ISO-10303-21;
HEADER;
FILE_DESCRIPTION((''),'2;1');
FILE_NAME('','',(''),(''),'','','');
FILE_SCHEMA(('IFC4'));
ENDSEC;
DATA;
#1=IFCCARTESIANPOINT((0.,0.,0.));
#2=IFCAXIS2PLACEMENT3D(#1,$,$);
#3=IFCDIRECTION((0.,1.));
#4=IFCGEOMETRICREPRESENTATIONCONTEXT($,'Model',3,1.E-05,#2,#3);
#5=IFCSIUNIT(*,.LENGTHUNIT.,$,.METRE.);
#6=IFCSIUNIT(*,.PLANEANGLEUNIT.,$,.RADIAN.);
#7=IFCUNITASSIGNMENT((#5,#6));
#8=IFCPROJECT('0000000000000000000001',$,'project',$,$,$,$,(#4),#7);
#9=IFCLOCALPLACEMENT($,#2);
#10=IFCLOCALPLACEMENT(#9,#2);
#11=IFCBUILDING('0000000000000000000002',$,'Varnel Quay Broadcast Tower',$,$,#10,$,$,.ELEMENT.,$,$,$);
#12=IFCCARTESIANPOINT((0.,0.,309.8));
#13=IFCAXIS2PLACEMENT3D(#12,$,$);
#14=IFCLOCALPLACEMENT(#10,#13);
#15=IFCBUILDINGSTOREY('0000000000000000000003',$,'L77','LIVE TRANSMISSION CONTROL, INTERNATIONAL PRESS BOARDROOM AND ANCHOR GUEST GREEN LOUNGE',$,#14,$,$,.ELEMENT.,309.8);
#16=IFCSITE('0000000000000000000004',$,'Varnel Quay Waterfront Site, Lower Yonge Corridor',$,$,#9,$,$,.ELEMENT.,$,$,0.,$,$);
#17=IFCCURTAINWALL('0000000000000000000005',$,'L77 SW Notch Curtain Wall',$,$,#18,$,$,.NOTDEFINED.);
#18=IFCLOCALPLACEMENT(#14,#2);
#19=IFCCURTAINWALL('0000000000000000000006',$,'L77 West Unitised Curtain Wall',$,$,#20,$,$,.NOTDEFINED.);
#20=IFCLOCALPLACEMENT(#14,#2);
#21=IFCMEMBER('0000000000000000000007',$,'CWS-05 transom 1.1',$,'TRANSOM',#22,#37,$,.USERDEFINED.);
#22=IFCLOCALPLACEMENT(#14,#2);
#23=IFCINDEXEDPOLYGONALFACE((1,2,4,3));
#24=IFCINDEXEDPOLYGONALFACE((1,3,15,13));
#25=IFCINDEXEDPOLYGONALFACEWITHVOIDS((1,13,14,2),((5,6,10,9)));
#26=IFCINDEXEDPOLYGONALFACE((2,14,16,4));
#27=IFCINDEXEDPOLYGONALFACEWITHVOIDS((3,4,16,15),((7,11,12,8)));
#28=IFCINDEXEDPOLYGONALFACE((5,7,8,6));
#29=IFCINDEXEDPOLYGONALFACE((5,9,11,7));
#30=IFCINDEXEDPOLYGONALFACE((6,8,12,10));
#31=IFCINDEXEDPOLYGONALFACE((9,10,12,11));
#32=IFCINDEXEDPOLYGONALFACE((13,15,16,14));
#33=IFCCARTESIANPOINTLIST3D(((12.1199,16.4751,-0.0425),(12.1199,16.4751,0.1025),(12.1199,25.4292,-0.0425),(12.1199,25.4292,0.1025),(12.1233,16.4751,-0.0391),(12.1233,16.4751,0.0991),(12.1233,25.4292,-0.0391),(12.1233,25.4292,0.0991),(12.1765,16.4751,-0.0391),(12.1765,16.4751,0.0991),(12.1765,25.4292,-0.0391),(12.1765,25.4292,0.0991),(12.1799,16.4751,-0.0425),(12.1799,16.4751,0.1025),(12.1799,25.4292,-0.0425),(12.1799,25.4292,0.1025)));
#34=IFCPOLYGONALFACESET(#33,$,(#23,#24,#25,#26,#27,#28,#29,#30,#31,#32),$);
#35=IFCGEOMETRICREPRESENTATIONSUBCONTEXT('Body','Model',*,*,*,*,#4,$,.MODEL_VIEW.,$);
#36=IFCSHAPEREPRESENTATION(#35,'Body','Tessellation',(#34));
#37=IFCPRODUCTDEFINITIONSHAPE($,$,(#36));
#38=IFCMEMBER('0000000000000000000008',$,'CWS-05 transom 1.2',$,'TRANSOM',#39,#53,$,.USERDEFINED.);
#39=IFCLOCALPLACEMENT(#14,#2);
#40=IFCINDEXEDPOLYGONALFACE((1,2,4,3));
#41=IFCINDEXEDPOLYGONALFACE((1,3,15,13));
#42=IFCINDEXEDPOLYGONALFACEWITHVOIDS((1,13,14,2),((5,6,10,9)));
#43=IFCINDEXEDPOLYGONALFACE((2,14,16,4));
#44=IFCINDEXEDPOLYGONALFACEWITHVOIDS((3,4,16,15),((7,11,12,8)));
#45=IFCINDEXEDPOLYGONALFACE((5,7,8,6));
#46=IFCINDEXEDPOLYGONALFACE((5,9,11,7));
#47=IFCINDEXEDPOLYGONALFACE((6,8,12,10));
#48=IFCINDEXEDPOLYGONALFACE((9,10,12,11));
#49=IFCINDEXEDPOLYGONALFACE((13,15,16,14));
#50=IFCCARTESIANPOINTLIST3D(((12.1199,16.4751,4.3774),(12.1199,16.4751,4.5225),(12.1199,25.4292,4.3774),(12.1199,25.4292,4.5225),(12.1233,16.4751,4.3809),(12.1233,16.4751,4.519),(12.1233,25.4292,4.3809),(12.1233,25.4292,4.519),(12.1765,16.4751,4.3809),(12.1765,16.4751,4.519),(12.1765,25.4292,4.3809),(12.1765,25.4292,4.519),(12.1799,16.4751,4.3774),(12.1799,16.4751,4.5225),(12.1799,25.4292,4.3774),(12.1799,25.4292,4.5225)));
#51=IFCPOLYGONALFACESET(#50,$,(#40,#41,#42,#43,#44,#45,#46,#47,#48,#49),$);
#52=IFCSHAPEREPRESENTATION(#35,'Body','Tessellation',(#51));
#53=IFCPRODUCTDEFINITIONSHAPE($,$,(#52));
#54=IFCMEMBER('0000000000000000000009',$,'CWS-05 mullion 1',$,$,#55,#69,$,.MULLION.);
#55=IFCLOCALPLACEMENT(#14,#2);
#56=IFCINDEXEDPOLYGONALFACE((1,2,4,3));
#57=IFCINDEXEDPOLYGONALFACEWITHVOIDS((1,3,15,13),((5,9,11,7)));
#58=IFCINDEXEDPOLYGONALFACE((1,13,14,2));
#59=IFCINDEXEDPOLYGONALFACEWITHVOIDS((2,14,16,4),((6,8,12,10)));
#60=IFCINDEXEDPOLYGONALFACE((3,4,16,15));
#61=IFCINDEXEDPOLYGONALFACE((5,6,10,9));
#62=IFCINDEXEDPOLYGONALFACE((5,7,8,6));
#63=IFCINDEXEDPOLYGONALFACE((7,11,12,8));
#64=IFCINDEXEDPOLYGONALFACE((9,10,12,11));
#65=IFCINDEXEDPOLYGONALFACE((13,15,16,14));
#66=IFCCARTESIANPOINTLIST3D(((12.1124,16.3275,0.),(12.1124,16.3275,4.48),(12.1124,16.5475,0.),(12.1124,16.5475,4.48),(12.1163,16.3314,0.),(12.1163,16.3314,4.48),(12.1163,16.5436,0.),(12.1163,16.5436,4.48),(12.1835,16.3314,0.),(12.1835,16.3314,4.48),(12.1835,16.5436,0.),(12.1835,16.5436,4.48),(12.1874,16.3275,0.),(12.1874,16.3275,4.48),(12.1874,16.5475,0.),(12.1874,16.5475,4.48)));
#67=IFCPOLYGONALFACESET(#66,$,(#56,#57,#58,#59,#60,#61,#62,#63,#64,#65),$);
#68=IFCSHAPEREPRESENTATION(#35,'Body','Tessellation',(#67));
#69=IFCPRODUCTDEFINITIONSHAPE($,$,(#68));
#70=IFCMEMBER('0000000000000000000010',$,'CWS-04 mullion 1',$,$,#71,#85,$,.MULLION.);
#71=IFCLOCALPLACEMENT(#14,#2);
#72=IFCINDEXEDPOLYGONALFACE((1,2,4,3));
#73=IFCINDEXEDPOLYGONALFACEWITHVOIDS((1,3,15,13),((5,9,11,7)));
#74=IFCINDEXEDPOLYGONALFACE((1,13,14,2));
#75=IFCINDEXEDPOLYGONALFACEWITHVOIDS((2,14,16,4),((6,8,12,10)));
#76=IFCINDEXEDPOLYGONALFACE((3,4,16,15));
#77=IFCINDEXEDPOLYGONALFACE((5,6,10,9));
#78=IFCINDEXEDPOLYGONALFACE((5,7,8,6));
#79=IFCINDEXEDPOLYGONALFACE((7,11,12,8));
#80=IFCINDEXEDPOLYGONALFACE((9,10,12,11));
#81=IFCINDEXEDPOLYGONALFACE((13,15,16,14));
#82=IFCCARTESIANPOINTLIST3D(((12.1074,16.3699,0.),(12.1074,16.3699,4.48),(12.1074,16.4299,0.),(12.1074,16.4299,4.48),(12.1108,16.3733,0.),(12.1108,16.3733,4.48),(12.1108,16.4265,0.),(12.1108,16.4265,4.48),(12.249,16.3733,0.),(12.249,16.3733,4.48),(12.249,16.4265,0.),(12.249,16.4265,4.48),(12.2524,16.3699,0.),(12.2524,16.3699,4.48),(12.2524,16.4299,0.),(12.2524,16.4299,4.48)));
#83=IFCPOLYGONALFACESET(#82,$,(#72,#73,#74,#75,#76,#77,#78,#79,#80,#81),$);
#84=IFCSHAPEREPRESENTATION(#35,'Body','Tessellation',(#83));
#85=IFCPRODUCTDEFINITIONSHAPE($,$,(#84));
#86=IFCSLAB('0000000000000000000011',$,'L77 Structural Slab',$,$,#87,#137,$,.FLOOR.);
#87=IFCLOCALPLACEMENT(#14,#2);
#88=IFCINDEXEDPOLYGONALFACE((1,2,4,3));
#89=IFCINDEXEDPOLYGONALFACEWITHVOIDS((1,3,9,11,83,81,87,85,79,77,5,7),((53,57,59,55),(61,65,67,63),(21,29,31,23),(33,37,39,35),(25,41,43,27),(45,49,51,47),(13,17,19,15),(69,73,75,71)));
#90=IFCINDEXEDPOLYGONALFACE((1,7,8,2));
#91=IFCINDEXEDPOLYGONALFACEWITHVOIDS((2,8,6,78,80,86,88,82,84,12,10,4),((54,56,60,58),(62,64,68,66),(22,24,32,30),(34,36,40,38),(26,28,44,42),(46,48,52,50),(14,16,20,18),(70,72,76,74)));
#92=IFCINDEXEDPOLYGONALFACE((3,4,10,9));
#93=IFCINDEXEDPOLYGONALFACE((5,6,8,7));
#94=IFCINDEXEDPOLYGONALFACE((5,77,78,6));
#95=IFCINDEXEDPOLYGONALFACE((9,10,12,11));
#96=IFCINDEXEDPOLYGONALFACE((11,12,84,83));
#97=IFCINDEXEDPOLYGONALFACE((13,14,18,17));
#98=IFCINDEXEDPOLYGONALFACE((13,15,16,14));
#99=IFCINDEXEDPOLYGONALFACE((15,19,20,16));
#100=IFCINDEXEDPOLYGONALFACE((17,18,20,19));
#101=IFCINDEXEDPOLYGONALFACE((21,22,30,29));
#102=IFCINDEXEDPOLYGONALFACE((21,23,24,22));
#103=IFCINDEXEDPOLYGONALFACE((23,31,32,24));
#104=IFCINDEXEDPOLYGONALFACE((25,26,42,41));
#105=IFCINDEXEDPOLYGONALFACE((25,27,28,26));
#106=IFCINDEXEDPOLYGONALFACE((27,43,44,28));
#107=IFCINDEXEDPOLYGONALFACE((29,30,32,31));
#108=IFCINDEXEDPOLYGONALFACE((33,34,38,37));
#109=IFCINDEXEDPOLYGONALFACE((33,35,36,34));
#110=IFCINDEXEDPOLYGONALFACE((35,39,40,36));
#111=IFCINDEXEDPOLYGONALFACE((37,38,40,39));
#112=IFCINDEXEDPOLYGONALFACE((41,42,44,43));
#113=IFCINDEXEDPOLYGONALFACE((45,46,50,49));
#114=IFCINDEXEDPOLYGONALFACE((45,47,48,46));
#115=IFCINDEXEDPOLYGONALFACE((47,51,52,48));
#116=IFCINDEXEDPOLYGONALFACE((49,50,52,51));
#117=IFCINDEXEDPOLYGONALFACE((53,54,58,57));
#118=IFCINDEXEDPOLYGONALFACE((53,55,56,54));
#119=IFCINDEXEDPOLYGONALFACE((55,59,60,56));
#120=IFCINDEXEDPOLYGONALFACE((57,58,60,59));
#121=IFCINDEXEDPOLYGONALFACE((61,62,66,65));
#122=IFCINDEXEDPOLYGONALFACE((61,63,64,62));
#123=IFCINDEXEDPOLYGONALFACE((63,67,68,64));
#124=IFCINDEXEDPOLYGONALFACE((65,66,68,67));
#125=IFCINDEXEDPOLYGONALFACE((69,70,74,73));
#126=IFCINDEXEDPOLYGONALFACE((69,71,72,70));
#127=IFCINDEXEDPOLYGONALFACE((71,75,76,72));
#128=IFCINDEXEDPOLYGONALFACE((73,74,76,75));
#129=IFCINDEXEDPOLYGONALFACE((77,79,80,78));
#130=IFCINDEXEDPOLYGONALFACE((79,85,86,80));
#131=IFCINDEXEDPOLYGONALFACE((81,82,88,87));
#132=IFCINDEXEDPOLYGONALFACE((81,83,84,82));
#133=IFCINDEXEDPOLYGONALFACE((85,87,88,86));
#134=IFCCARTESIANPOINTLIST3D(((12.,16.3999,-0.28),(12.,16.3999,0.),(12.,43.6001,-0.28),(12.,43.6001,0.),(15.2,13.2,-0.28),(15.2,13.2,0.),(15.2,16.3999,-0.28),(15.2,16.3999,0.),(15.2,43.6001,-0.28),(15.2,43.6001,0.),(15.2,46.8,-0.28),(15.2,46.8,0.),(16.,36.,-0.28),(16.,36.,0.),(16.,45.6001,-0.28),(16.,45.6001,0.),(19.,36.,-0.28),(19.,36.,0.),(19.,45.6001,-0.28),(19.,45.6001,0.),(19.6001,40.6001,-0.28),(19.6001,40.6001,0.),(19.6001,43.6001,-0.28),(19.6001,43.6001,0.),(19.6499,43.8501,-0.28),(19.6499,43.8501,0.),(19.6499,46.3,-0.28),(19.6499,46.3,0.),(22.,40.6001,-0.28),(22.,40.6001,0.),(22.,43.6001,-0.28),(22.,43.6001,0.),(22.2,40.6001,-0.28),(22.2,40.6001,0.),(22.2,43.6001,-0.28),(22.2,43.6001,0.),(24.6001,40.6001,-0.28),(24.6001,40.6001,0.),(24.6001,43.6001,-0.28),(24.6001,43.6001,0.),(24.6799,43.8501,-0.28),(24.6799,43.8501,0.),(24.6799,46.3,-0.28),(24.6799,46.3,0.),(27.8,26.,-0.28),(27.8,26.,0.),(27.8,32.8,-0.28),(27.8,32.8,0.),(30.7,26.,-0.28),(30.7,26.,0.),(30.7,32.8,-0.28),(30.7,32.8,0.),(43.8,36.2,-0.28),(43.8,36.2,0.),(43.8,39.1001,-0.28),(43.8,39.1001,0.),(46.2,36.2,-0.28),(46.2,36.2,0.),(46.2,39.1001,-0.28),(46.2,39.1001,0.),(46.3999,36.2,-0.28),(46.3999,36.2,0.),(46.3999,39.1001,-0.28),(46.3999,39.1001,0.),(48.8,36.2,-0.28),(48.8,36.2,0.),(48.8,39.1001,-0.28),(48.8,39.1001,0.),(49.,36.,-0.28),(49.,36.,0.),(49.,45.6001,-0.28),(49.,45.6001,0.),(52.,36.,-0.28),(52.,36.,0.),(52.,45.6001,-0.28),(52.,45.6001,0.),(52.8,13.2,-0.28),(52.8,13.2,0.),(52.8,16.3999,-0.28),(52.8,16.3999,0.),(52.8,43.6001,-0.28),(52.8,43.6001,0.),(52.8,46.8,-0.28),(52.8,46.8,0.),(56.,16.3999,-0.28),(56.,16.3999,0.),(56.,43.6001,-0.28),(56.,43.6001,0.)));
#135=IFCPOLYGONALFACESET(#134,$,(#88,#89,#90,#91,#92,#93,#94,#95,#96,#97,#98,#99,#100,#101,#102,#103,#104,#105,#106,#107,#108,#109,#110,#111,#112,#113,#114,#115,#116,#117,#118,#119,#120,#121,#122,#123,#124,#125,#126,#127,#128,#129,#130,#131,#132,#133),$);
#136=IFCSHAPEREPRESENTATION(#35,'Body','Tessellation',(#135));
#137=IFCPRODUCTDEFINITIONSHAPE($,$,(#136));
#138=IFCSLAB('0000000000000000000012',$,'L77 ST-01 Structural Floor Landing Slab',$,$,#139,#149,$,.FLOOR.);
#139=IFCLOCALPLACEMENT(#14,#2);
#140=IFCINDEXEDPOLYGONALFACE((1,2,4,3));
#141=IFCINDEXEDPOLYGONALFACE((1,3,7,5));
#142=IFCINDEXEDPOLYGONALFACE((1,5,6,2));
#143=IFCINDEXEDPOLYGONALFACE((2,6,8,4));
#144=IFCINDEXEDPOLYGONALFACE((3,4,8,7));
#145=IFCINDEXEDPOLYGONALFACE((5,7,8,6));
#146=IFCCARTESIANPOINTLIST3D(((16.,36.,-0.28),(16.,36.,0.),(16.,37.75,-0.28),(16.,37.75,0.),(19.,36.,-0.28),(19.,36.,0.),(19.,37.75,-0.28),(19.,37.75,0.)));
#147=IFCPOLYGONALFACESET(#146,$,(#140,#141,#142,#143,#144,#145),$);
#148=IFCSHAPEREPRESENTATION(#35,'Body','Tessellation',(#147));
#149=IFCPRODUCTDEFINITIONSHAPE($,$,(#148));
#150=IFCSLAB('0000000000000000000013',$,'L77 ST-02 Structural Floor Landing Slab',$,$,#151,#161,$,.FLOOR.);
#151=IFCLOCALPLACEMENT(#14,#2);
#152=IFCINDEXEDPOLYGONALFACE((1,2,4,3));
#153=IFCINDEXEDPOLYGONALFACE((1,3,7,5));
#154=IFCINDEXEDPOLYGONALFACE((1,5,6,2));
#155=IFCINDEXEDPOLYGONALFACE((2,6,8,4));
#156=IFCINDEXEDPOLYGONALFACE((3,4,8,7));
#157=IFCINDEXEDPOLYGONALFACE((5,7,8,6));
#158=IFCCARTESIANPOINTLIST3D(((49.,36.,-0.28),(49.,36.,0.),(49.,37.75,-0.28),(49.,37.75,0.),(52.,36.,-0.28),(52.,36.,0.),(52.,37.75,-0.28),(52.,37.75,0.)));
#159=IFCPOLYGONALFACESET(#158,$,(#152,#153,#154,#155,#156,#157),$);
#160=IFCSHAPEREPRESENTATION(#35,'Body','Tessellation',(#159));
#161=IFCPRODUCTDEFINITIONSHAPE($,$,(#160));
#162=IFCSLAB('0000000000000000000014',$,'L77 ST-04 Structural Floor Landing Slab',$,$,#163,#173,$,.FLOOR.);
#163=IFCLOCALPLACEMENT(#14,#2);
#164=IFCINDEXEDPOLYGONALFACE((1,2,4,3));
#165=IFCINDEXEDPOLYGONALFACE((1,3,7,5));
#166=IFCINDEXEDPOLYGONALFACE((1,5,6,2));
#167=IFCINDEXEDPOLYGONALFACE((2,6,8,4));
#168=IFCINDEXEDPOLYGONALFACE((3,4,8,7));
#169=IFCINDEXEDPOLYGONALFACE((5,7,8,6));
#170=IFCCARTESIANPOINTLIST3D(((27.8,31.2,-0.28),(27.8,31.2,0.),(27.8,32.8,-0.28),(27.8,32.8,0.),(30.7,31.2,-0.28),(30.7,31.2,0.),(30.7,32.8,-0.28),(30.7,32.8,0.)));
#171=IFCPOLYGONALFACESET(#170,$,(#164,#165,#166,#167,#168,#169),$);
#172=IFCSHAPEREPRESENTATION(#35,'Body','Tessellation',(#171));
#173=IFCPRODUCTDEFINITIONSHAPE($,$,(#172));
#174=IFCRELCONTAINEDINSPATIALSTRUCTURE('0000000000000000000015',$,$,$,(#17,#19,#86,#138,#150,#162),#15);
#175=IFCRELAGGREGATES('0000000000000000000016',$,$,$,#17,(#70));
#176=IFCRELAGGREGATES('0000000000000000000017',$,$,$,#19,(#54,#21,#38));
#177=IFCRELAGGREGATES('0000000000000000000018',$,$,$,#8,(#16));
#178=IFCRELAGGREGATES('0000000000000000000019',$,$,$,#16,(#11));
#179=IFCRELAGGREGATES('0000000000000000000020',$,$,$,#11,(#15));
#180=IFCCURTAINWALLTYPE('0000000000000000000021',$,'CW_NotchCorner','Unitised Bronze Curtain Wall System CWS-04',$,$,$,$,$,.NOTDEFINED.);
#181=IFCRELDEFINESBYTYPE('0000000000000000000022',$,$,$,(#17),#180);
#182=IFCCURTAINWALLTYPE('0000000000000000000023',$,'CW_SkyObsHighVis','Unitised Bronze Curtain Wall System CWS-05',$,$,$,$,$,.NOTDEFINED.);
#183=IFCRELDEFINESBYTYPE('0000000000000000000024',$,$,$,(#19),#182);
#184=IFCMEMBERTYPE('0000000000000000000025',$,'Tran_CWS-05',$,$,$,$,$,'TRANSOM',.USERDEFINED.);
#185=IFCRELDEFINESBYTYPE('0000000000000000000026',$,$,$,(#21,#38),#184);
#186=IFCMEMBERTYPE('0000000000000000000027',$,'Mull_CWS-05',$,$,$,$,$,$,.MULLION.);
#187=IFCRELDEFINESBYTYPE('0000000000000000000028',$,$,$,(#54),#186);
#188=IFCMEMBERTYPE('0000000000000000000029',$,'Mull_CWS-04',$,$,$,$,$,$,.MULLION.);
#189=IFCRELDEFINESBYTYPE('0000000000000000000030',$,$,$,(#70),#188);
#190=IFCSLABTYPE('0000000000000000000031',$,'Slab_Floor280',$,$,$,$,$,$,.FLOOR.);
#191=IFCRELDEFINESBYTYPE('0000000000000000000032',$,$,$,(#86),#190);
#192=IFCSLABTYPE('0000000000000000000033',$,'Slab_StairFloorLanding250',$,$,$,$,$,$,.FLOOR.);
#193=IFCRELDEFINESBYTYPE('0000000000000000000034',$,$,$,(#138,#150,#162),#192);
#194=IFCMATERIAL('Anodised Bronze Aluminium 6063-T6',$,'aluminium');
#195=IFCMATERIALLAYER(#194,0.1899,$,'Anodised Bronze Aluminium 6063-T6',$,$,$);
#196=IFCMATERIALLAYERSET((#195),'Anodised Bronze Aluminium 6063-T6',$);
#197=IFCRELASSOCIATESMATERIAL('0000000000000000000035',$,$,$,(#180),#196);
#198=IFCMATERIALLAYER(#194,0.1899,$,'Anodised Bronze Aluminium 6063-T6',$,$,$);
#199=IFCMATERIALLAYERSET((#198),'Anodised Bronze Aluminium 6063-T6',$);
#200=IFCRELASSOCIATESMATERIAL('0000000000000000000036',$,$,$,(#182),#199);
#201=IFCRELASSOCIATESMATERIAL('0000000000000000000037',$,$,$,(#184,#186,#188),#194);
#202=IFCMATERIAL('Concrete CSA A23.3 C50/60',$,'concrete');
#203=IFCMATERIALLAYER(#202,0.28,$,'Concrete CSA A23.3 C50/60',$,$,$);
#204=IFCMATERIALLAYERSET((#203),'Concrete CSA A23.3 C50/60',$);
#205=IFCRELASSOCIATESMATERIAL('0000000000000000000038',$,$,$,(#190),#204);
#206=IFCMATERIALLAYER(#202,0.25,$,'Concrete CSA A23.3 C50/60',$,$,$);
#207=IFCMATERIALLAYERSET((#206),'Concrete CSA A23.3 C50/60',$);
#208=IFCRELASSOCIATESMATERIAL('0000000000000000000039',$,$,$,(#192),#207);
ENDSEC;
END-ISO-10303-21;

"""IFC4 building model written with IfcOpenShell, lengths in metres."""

from ifc_helpers import new_model, si_unit, direction, frame, origin, origin_2d, place, context, subcontext, project, spatial, polyline, hollow_rectangle, outline, extrude, source, transform, mapped, material, layer, layer_set, material_profile, profile_set, type_object, type_shapes, element, aggregate, save


model = new_model("IFC4")

# Units and contexts
model_context = context("Model", 3, precision=1e-05, world=origin(), true_north=direction((0.0, 1.0)))
body_context = subcontext(model_context, "Body", "Model", "MODEL_VIEW")
ifc_project = project(units=[si_unit("LENGTHUNIT", "METRE"), si_unit("PLANEANGLEUNIT", "RADIAN")], contexts=[model_context])

# Site, building, storey
site_placement = place(None, origin())
site = spatial("IfcSite", under=ifc_project, at=site_placement, Name="Varnel Quay Waterfront Site, Lower Yonge Corridor", CompositionType="ELEMENT", RefElevation=0.0)
building_placement = place(site_placement, origin())
building = spatial("IfcBuilding", under=site, at=building_placement, Name="Varnel Quay Broadcast Tower", CompositionType="ELEMENT")
storey_placement = place(building_placement, frame((0.0, 0.0, 309.8)))
storey = spatial("IfcBuildingStorey", under=building, at=storey_placement, Name="L77", Description="LIVE TRANSMISSION CONTROL, INTERNATIONAL PRESS BOARDROOM AND ANCHOR GUEST GREEN LOUNGE", CompositionType="ELEMENT", Elevation=309.8)

# Curtain walls, members
ifc_material_1 = material(Name="Anodised Bronze Aluminium 6063-T6", Category="aluminium")
ifc_layer_1 = layer(ifc_material_1, 0.1899, Name="Anodised Bronze Aluminium 6063-T6")
ifc_layer_set_1 = layer_set([ifc_layer_1], Name="Anodised Bronze Aluminium 6063-T6")
curtain_wall_type_1 = type_object("IfcCurtainWallType", Name="CW_NotchCorner", Description="Unitised Bronze Curtain Wall System CWS-04", PredefinedType="NOTDEFINED", material=ifc_layer_set_1)
curtain_wall_1_placement = place(storey_placement, origin())
curtain_wall_1 = element("IfcCurtainWall", 1, at=curtain_wall_1_placement, inside=storey, type_object=curtain_wall_type_1, Name="L77 SW Notch Curtain Wall", PredefinedType="NOTDEFINED")
ifc_layer_2 = layer(ifc_material_1, 0.1899, Name="Anodised Bronze Aluminium 6063-T6")
ifc_layer_set_2 = layer_set([ifc_layer_2], Name="Anodised Bronze Aluminium 6063-T6")
curtain_wall_type_2 = type_object("IfcCurtainWallType", Name="CW_SkyObsHighVis", Description="Unitised Bronze Curtain Wall System CWS-05", PredefinedType="NOTDEFINED", material=ifc_layer_set_2)
curtain_wall_2_placement = place(storey_placement, origin())
curtain_wall_2 = element("IfcCurtainWall", 2, at=curtain_wall_2_placement, inside=storey, type_object=curtain_wall_type_2, Name="L77 West Unitised Curtain Wall", PredefinedType="NOTDEFINED")
ifc_material_profile_1 = material_profile(ifc_material_1, hollow_rectangle(XDim=0.0601, YDim=0.145, WallThickness=0.0034, at=origin_2d()), Name="ALU60X145X3.5")
ifc_profile_set_1 = profile_set([ifc_material_profile_1], Name="Anodised Bronze Aluminium 6063-T6")
member_type_1 = type_object("IfcMemberType", Name="Tran_CWS-05", ElementType="TRANSOM", PredefinedType="USERDEFINED", material=ifc_profile_set_1)
shared_shape_1 = source(origin(), body_context, "Body", "SweptSolid", [
    extrude(hollow_rectangle(XDim=0.0601, YDim=0.145, WallThickness=0.0034, at=origin_2d()), origin(), (0.0, 0.0, 1.0), 8.9541),
])
type_shapes(member_type_1, [shared_shape_1])
member_1_placement = place(storey_placement, frame((12.1499, 16.4751, 0.03), z_axis=(0.0, 1.0, 0.0), x_axis=(-1.0, 0.0, 0.0)))
member_1 = element("IfcMember", 3, at=member_1_placement, type_object=member_type_1, Name="CWS-05 transom 1.1", ObjectType="TRANSOM", PredefinedType="USERDEFINED", context=body_context, shape_type="MappedRepresentation", body=[
    mapped(shared_shape_1, transform((0.0, 0.0, 0.0), x_axis=(1.0, 0.0, 0.0), y_axis=(0.0, 1.0, 0.0), z_axis=(0.0, 0.0, 1.0), scale=1.0)),
])
member_2_placement = place(storey_placement, frame((12.1499, 16.4751, 4.45), z_axis=(0.0, 1.0, 0.0), x_axis=(-1.0, 0.0, 0.0)))
member_2 = element("IfcMember", 4, at=member_2_placement, type_object=member_type_1, Name="CWS-05 transom 1.2", ObjectType="TRANSOM", PredefinedType="USERDEFINED", context=body_context, shape_type="MappedRepresentation", body=[
    mapped(shared_shape_1, transform((0.0, 0.0, 0.0), x_axis=(1.0, 0.0, 0.0), y_axis=(0.0, 1.0, 0.0), z_axis=(0.0, 0.0, 1.0), scale=1.0)),
])
ifc_material_profile_2 = material_profile(ifc_material_1, hollow_rectangle(XDim=0.075, YDim=0.22, WallThickness=0.0039, at=origin_2d()), Name="ALU75X220X4")
ifc_profile_set_2 = profile_set([ifc_material_profile_2], Name="Anodised Bronze Aluminium 6063-T6")
member_type_2 = type_object("IfcMemberType", Name="Mull_CWS-05", PredefinedType="MULLION", material=ifc_profile_set_2)
shared_shape_2 = source(origin(), body_context, "Body", "SweptSolid", [
    extrude(hollow_rectangle(XDim=0.075, YDim=0.22, WallThickness=0.0039, at=origin_2d()), origin(), (0.0, 0.0, 1.0), 4.48),
])
type_shapes(member_type_2, [shared_shape_2])
member_3_placement = place(storey_placement, frame((12.1499, 16.4375, 0.0), z_axis=(0.0, 0.0, 1.0), x_axis=(-1.0, 0.0, 0.0)))
member_3 = element("IfcMember", 5, at=member_3_placement, type_object=member_type_2, Name="CWS-05 mullion 1", PredefinedType="MULLION", context=body_context, shape_type="MappedRepresentation", body=[
    mapped(shared_shape_2, transform((0.0, 0.0, 0.0), x_axis=(1.0, 0.0, 0.0), y_axis=(0.0, 1.0, 0.0), z_axis=(0.0, 0.0, 1.0), scale=1.0)),
])

# Member
ifc_material_profile_3 = material_profile(ifc_material_1, hollow_rectangle(XDim=0.0601, YDim=0.145, WallThickness=0.0034, at=origin_2d()), Name="ALU60X145X3.5")
ifc_profile_set_3 = profile_set([ifc_material_profile_3], Name="Anodised Bronze Aluminium 6063-T6")
member_type_3 = type_object("IfcMemberType", Name="Mull_CWS-04", PredefinedType="MULLION", material=ifc_profile_set_3)
shared_shape_3 = source(origin(), body_context, "Body", "SweptSolid", [
    extrude(hollow_rectangle(XDim=0.0601, YDim=0.145, WallThickness=0.0034, at=origin_2d()), origin(), (0.0, 0.0, 1.0), 4.48),
])
type_shapes(member_type_3, [shared_shape_3])
member_4_placement = place(storey_placement, frame((12.1799, 16.3999, 0.0), z_axis=(0.0, 0.0, 1.0), x_axis=(0.0, 1.0, 0.0)))
member_4 = element("IfcMember", 6, at=member_4_placement, type_object=member_type_3, Name="CWS-04 mullion 1", PredefinedType="MULLION", context=body_context, shape_type="MappedRepresentation", body=[
    mapped(shared_shape_3, transform((0.0, 0.0, 0.0), x_axis=(1.0, 0.0, 0.0), y_axis=(0.0, 1.0, 0.0), z_axis=(0.0, 0.0, 1.0), scale=1.0)),
])
aggregate(curtain_wall_1, [member_4])

# Slabs
ifc_material_2 = material(Name="Concrete CSA A23.3 C50/60", Category="concrete")
ifc_layer_3 = layer(ifc_material_2, 0.28, Name="Concrete CSA A23.3 C50/60")
ifc_layer_set_3 = layer_set([ifc_layer_3], Name="Concrete CSA A23.3 C50/60")
slab_type_1 = type_object("IfcSlabType", Name="Slab_Floor280", PredefinedType="FLOOR", material=ifc_layer_set_3)
slab_1_placement = place(storey_placement, frame((0.0, 0.0, -0.28)))
element("IfcSlab", 7, at=slab_1_placement, inside=storey, type_object=slab_type_1, Name="L77 Structural Slab", PredefinedType="FLOOR", context=body_context, shape_type="SweptSolid", body=[
    extrude(outline(polyline([(15.2, 13.2), (52.8, 13.2), (52.8, 16.3999), (56.0, 16.3999), (56.0, 43.6001), (52.8, 43.6001), (52.8, 46.8), (15.2, 46.8), (15.2, 43.6001), (12.0, 43.6001), (12.0, 16.3999), (15.2, 16.3999), (15.2, 13.2)]), holes=[polyline([(27.8, 32.8), (30.7, 32.8), (30.7, 26.0), (27.8, 26.0), (27.8, 32.8)]), polyline([(43.8, 36.2), (43.8, 39.1001), (46.2, 39.1001), (46.2, 36.2), (43.8, 36.2)]), polyline([(46.3999, 36.2), (46.3999, 39.1001), (48.8, 39.1001), (48.8, 36.2), (46.3999, 36.2)]), polyline([(19.0, 36.0), (16.0, 36.0), (16.0, 45.6001), (19.0, 45.6001), (19.0, 36.0)]), polyline([(52.0, 36.0), (49.0, 36.0), (49.0, 45.6001), (52.0, 45.6001), (52.0, 36.0)]), polyline([(19.6001, 40.6001), (19.6001, 43.6001), (22.0, 43.6001), (22.0, 40.6001), (19.6001, 40.6001)]), polyline([(22.2, 40.6001), (22.2, 43.6001), (24.6001, 43.6001), (24.6001, 40.6001), (22.2, 40.6001)]), polyline([(19.6499, 43.8501), (19.6499, 46.3), (24.6799, 46.3), (24.6799, 43.8501), (19.6499, 43.8501)])]), origin(), (0.0, 0.0, 1.0), 0.28),
])
ifc_layer_4 = layer(ifc_material_2, 0.25, Name="Concrete CSA A23.3 C50/60")
ifc_layer_set_4 = layer_set([ifc_layer_4], Name="Concrete CSA A23.3 C50/60")
slab_type_2 = type_object("IfcSlabType", Name="Slab_StairFloorLanding250", PredefinedType="FLOOR", material=ifc_layer_set_4)
slab_2_placement = place(storey_placement, frame((0.0, 0.0, -0.28)))
element("IfcSlab", 8, at=slab_2_placement, inside=storey, type_object=slab_type_2, Name="L77 ST-01 Structural Floor Landing Slab", PredefinedType="FLOOR", context=body_context, shape_type="SweptSolid", body=[
    extrude(outline(polyline([(19.0, 36.0), (19.0, 37.75), (16.0, 37.75), (16.0, 36.0), (19.0, 36.0)])), origin(), (0.0, 0.0, 1.0), 0.28),
])
slab_3_placement = place(storey_placement, frame((0.0, 0.0, -0.28)))
element("IfcSlab", 9, at=slab_3_placement, inside=storey, type_object=slab_type_2, Name="L77 ST-02 Structural Floor Landing Slab", PredefinedType="FLOOR", context=body_context, shape_type="SweptSolid", body=[
    extrude(outline(polyline([(52.0, 36.0), (52.0, 37.75), (49.0, 37.75), (49.0, 36.0), (52.0, 36.0)])), origin(), (0.0, 0.0, 1.0), 0.28),
])
slab_4_placement = place(storey_placement, frame((0.0, 0.0, -0.28)))
element("IfcSlab", 10, at=slab_4_placement, inside=storey, type_object=slab_type_2, Name="L77 ST-04 Structural Floor Landing Slab", PredefinedType="FLOOR", context=body_context, shape_type="SweptSolid", body=[
    extrude(outline(polyline([(27.8, 32.8), (27.8, 31.2), (30.7, 31.2), (30.7, 32.8), (27.8, 32.8)])), origin(), (0.0, 0.0, 1.0), 0.28),
])

aggregate(curtain_wall_2, [member_3, member_1, member_2])

save(model, "model.ifc")
